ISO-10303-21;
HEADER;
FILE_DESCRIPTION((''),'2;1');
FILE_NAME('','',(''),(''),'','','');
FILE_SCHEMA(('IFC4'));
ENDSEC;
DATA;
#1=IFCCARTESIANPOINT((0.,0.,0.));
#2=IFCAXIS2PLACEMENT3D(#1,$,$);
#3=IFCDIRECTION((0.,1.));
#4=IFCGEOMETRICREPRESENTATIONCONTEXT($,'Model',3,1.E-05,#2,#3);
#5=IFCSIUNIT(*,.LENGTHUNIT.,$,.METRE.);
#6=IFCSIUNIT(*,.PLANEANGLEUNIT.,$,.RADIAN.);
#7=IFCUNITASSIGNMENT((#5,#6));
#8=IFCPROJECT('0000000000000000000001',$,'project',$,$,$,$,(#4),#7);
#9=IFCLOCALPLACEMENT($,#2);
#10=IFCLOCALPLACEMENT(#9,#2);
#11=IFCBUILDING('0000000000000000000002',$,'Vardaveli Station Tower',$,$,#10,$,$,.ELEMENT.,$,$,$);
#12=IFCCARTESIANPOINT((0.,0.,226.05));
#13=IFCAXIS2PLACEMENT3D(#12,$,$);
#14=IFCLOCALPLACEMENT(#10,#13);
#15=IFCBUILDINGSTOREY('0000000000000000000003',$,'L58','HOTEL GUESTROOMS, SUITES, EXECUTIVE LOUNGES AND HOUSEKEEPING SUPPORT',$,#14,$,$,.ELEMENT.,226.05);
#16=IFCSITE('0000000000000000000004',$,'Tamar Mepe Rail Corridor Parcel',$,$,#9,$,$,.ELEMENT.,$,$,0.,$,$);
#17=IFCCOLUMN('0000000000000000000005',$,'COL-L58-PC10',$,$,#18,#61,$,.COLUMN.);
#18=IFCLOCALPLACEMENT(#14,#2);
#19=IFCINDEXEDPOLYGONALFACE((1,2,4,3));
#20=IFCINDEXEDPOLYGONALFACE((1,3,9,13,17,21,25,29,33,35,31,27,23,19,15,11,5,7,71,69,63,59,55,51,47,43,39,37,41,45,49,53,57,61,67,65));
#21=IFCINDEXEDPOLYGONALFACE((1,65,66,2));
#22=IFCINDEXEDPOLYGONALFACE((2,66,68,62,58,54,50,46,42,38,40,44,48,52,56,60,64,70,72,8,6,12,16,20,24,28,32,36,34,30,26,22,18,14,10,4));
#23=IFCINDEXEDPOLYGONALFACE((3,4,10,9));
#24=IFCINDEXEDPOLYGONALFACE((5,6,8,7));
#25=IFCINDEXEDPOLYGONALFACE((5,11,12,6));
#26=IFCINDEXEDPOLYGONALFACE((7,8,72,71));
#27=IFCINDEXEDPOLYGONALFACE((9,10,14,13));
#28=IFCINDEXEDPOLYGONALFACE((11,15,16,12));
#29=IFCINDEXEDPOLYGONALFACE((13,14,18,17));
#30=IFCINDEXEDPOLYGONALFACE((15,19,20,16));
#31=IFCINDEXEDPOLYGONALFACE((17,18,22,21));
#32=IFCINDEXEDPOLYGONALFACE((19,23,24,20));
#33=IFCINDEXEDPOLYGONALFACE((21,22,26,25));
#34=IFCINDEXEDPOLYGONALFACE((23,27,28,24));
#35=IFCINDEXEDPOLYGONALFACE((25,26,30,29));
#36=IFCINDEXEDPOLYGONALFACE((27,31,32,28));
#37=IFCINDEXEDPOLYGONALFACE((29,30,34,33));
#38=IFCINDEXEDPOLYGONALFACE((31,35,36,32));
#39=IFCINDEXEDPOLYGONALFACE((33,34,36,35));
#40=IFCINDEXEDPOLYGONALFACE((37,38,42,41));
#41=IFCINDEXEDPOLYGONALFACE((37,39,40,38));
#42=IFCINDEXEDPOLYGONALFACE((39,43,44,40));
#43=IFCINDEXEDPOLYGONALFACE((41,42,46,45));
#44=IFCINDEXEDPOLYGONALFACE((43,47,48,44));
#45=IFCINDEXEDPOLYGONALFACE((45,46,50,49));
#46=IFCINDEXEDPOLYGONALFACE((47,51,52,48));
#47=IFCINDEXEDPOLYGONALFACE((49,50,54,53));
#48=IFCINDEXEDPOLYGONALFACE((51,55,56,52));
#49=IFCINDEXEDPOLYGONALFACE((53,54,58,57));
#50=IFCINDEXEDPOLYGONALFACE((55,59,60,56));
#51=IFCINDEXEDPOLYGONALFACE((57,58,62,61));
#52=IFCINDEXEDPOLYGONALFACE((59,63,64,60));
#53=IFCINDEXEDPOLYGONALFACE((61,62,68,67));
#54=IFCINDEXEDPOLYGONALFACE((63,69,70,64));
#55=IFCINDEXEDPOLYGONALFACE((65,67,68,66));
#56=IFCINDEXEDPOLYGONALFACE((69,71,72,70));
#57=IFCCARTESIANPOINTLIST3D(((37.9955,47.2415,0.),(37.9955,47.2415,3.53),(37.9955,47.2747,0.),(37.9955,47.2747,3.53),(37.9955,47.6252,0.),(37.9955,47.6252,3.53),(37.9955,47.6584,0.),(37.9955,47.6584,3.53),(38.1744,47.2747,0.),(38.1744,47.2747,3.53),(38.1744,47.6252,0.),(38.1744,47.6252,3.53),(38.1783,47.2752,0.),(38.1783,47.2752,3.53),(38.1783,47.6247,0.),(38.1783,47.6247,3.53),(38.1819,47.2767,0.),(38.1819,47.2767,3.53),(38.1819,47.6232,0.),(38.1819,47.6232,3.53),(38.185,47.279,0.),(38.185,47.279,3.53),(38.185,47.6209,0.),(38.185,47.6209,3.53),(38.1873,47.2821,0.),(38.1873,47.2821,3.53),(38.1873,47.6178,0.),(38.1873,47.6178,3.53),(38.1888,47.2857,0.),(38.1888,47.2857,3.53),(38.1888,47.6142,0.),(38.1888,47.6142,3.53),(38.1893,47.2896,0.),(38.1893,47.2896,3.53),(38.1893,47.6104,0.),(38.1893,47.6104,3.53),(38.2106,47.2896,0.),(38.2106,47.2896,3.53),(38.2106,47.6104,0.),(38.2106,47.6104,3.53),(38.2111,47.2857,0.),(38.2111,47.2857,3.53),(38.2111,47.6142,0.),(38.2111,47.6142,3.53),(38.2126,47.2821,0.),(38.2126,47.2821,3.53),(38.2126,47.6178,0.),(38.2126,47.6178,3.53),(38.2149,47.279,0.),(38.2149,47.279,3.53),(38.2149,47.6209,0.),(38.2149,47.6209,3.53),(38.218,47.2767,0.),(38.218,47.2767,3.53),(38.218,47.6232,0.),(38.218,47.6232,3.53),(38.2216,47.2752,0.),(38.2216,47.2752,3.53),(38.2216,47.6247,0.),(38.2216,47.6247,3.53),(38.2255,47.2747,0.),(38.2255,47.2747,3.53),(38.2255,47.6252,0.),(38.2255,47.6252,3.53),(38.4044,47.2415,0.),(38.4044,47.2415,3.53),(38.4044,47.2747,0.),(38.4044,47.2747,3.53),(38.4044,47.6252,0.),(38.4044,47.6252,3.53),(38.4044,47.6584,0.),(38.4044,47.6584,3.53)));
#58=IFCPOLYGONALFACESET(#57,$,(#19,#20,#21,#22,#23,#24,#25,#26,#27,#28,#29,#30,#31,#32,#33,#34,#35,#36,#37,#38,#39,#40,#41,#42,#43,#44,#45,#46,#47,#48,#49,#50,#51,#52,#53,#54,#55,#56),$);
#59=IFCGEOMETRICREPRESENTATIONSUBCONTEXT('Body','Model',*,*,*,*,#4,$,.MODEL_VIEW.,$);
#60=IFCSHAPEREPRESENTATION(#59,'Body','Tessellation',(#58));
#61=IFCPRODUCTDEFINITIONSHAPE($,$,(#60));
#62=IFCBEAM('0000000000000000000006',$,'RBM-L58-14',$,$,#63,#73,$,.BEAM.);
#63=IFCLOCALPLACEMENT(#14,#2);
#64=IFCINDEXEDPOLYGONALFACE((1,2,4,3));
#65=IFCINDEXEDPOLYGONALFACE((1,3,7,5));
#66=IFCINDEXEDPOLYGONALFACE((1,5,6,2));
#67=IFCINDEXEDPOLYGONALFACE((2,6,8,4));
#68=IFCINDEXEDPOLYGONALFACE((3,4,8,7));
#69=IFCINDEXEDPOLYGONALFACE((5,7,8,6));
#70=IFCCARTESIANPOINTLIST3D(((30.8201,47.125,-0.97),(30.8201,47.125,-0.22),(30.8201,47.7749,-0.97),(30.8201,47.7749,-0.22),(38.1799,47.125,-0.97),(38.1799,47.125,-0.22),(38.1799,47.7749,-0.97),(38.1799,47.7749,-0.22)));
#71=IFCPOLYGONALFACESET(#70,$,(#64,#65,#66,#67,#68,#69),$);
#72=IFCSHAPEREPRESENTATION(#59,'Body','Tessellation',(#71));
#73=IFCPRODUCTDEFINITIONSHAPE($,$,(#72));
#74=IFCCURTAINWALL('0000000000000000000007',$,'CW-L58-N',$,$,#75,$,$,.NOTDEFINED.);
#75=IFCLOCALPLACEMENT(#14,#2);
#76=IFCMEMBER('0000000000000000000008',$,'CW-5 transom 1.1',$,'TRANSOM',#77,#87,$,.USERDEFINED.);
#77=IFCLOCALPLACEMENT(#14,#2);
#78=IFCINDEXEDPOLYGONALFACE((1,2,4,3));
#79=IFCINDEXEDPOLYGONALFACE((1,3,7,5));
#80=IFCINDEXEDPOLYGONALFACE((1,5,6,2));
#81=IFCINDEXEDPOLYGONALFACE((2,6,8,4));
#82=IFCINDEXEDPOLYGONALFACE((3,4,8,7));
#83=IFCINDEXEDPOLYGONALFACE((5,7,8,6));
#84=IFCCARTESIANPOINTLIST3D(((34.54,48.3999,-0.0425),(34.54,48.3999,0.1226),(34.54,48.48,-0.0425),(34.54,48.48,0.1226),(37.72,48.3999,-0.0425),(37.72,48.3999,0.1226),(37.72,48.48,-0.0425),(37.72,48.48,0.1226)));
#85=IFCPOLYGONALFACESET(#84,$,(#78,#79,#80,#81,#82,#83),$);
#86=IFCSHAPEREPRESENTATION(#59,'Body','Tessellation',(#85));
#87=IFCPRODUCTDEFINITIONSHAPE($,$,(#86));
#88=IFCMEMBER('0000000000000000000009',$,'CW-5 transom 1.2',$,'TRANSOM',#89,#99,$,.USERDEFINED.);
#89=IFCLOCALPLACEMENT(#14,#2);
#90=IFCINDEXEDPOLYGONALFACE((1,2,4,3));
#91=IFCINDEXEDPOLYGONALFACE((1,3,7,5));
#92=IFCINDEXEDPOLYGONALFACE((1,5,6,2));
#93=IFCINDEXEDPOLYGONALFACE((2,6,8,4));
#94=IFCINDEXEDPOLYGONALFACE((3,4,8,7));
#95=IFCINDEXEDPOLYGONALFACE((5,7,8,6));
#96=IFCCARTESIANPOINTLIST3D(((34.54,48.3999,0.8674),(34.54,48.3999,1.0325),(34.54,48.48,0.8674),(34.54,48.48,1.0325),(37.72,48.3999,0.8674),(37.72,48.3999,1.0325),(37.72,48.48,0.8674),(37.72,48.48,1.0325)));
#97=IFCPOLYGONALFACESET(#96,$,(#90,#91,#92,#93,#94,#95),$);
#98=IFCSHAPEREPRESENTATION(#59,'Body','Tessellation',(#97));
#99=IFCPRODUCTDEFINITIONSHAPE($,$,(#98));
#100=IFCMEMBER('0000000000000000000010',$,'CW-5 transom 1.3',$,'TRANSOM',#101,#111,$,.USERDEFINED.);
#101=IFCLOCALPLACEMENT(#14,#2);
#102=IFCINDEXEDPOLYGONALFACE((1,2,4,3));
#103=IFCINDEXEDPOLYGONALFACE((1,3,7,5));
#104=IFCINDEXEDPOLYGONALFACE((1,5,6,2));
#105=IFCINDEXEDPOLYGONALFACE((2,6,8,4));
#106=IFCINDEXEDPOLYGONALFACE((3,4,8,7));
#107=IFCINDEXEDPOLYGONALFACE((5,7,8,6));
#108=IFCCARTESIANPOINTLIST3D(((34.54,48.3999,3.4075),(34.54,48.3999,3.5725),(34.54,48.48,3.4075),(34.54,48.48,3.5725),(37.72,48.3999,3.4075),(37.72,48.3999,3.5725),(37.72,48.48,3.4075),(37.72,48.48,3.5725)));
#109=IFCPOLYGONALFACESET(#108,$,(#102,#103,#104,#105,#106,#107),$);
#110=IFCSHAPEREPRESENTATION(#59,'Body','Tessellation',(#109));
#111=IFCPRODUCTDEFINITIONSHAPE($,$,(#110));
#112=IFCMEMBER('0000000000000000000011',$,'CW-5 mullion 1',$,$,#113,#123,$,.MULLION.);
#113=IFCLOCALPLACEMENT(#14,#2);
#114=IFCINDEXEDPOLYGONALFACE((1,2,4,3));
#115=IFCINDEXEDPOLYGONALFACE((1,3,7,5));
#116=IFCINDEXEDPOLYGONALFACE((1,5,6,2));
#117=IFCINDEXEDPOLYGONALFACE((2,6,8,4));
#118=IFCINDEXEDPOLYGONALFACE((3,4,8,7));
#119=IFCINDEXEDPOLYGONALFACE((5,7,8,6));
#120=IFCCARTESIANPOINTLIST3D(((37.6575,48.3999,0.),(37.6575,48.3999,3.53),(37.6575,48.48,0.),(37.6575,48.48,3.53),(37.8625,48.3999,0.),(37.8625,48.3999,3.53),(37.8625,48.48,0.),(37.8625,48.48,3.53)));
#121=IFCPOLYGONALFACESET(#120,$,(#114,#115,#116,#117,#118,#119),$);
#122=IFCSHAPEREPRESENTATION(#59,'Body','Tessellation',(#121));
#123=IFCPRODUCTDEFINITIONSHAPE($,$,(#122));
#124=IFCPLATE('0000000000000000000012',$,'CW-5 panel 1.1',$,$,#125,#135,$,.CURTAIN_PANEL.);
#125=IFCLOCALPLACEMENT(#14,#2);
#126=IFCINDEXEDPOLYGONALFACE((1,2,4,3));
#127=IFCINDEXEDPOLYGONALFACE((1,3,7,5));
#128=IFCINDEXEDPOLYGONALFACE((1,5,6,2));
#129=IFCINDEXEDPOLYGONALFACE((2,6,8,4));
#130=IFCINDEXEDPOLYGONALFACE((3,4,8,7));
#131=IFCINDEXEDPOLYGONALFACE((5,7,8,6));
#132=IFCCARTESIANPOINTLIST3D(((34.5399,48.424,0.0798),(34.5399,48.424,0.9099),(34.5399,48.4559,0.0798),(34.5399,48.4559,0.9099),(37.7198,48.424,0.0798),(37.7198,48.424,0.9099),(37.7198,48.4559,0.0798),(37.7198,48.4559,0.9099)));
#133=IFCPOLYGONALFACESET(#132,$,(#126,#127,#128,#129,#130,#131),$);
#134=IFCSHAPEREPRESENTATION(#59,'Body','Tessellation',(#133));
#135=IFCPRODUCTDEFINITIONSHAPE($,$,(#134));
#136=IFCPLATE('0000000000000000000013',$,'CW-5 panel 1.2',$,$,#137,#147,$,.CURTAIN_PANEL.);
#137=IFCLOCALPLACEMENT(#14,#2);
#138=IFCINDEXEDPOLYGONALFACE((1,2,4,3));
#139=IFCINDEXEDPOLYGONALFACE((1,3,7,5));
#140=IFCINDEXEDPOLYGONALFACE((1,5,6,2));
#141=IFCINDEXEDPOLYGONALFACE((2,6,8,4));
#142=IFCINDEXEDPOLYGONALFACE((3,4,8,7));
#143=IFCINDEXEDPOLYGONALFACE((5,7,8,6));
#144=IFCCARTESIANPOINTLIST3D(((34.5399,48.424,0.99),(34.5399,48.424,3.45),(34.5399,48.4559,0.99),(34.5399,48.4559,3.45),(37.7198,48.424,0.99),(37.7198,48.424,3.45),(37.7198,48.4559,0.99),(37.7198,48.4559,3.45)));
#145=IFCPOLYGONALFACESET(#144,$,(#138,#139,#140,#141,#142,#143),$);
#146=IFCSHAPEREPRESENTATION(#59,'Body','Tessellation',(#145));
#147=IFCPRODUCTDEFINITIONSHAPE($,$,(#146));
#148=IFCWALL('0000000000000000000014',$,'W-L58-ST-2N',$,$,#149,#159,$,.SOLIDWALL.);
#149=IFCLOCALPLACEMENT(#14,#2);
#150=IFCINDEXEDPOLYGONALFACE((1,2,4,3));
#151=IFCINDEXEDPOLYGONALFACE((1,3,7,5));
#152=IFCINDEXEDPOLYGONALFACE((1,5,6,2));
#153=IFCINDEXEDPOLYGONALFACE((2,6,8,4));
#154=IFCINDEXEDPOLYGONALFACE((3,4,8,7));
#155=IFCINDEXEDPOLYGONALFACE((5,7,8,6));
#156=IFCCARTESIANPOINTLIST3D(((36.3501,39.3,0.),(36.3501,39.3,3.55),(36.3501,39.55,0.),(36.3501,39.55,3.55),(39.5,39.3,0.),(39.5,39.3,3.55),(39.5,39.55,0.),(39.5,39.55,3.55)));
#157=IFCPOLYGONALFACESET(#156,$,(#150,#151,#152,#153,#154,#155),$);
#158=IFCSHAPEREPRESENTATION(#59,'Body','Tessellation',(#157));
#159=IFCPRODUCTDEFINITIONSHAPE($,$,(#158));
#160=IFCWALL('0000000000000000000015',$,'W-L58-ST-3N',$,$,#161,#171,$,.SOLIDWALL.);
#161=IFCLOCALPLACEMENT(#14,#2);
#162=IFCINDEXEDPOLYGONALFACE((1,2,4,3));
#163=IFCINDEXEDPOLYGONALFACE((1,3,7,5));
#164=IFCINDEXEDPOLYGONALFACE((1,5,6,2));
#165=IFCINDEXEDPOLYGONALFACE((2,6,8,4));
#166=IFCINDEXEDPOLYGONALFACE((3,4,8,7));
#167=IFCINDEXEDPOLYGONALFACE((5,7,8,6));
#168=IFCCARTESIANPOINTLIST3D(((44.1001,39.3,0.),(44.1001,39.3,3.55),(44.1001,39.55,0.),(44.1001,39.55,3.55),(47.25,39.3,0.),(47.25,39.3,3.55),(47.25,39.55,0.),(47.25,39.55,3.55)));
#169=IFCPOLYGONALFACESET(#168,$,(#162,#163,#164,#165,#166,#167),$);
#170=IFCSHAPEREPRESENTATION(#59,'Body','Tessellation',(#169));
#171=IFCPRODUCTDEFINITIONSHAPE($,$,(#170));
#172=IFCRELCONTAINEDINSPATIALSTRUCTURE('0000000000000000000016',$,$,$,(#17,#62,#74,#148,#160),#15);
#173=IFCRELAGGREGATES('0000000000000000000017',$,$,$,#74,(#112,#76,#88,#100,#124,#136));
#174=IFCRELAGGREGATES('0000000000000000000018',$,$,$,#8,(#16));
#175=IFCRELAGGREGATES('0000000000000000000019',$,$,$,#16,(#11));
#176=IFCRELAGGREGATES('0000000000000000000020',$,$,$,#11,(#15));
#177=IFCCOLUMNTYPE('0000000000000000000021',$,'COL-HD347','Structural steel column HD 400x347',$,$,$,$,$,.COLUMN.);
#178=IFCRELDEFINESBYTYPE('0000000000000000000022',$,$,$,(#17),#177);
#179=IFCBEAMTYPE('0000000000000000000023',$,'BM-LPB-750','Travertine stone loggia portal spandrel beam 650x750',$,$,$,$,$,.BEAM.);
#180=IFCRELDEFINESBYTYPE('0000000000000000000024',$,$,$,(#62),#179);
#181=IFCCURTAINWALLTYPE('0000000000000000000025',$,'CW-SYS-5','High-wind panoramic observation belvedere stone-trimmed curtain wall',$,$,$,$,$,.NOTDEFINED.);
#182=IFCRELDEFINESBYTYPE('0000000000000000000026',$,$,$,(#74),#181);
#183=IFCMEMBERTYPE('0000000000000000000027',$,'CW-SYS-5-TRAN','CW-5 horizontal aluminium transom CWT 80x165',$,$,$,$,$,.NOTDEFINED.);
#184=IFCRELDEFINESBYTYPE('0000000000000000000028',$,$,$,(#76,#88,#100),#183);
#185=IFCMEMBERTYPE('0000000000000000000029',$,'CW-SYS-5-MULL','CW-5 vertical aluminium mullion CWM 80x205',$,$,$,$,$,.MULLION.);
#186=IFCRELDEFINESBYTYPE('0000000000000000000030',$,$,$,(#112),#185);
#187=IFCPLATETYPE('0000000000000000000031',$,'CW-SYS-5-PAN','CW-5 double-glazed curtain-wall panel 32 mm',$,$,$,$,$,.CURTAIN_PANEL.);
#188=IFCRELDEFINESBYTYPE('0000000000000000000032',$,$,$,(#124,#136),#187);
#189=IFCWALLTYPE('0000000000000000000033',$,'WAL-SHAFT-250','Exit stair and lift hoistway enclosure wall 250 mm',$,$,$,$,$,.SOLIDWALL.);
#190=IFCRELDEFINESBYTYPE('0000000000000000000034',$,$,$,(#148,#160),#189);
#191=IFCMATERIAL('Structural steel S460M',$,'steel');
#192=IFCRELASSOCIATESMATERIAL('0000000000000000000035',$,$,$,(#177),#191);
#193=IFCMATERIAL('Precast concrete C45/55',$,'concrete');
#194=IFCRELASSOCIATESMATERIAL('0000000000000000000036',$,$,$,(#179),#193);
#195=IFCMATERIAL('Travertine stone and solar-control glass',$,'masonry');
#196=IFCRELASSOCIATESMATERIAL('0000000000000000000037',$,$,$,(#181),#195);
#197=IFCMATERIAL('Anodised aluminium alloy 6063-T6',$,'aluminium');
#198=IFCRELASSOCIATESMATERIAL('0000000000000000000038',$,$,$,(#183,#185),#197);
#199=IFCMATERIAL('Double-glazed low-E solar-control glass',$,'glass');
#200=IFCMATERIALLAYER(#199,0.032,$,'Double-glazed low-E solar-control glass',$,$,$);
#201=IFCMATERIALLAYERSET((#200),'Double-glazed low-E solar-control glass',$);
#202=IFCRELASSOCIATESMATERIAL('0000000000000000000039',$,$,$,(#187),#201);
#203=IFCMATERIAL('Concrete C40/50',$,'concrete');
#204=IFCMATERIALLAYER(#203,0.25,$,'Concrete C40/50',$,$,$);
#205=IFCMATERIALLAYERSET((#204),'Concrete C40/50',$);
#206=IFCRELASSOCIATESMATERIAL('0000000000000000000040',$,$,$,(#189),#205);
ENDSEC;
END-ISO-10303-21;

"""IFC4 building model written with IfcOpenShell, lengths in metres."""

from ifc_helpers import new_model, si_unit, direction, frame, frame_2d, origin, origin_2d, place, context, subcontext, project, spatial, rectangle, i_section, extrude, source, transform, mapped, material, layer, layer_set, material_profile, profile_set, type_object, element, aggregate, save


model = new_model("IFC4")

# Units and contexts
model_context = context("Model", 3, precision=1e-05, world=origin(), true_north=direction((0.0, 1.0)))
body_context = subcontext(model_context, "Body", "Model", "MODEL_VIEW")
ifc_project = project(units=[si_unit("LENGTHUNIT", "METRE"), si_unit("PLANEANGLEUNIT", "RADIAN")], contexts=[model_context])

# Site, building, storey
site_placement = place(None, origin())
site = spatial("IfcSite", under=ifc_project, at=site_placement, Name="Tamar Mepe Rail Corridor Parcel", CompositionType="ELEMENT", RefElevation=0.0)
building_placement = place(site_placement, origin())
building = spatial("IfcBuilding", under=site, at=building_placement, Name="Vardaveli Station Tower", CompositionType="ELEMENT")
storey_placement = place(building_placement, frame((0.0, 0.0, 226.05)))
storey = spatial("IfcBuildingStorey", under=building, at=storey_placement, Name="L58", Description="HOTEL GUESTROOMS, SUITES, EXECUTIVE LOUNGES AND HOUSEKEEPING SUPPORT", CompositionType="ELEMENT", Elevation=226.05)

# Column
ifc_material_1 = material(Name="Structural steel S460M", Category="steel")
ifc_material_profile_1 = material_profile(ifc_material_1, i_section(OverallWidth=0.4089, OverallDepth=0.417, WebThickness=0.0212, FlangeThickness=0.0332, FilletRadius=0.0149, at=origin_2d()), Name="HD 400x347")
ifc_profile_set_1 = profile_set([ifc_material_profile_1], Name="Structural steel S460M")
column_type = type_object("IfcColumnType", Name="COL-HD347", Description="Structural steel column HD 400x347", PredefinedType="COLUMN", material=ifc_profile_set_1)
shared_shape_1 = source(origin(), body_context, "Body", "SweptSolid", [
    extrude(i_section(OverallWidth=0.4089, OverallDepth=0.417, WebThickness=0.0212, FlangeThickness=0.0332, FilletRadius=0.0149, at=origin_2d()), origin(), (0.0, 0.0, 1.0), 3.53),
])
column_placement = place(storey_placement, frame((38.2, 47.45, 0.0), z_axis=(0.0, 0.0, 1.0), x_axis=(1.0, 0.0, 0.0)))
element("IfcColumn", 1, at=column_placement, inside=storey, type_object=column_type, Name="COL-L58-PC10", PredefinedType="COLUMN", context=body_context, shape_type="MappedRepresentation", body=[
    mapped(shared_shape_1, transform((0.0, 0.0, 0.0), scale=1.0)),
])

# Beam
ifc_material_2 = material(Name="Precast concrete C45/55", Category="concrete")
ifc_material_profile_2 = material_profile(ifc_material_2, rectangle(XDim=0.6499, YDim=0.75, at=origin_2d()), Name="LPB 650x750")
ifc_profile_set_2 = profile_set([ifc_material_profile_2], Name="Precast concrete C45/55")
beam_type = type_object("IfcBeamType", Name="BM-LPB-750", Description="Travertine stone loggia portal spandrel beam 650x750", PredefinedType="BEAM", material=ifc_profile_set_2)
shared_shape_2 = source(origin(), body_context, "Body", "SweptSolid", [
    extrude(rectangle(XDim=0.6499, YDim=0.75, at=origin_2d()), origin(), (0.0, 0.0, 1.0), 7.3599),
])
beam_placement = place(storey_placement, frame((38.1799, 47.45, -0.595), z_axis=(-1.0, 0.0, 0.0), x_axis=(0.0, -1.0, 0.0)))
element("IfcBeam", 2, at=beam_placement, inside=storey, type_object=beam_type, Name="RBM-L58-14", PredefinedType="BEAM", context=body_context, shape_type="MappedRepresentation", body=[
    mapped(shared_shape_2, transform((0.0, 0.0, 0.0), scale=1.0)),
])

# Curtain wall, members, plates
ifc_material_3 = material(Name="Travertine stone and solar-control glass", Category="masonry")
curtain_wall_type = type_object("IfcCurtainWallType", Name="CW-SYS-5", Description="High-wind panoramic observation belvedere stone-trimmed curtain wall", PredefinedType="NOTDEFINED", material=ifc_material_3)
curtain_wall_placement = place(storey_placement, origin())
curtain_wall = element("IfcCurtainWall", 3, at=curtain_wall_placement, inside=storey, type_object=curtain_wall_type, Name="CW-L58-N", PredefinedType="NOTDEFINED")
ifc_material_4 = material(Name="Anodised aluminium alloy 6063-T6", Category="aluminium")
ifc_material_profile_3 = material_profile(ifc_material_4, rectangle(XDim=0.0801, YDim=0.165, at=origin_2d()), Name="CWT 80x165")
ifc_profile_set_3 = profile_set([ifc_material_profile_3], Name="Anodised aluminium alloy 6063-T6")
member_type_1 = type_object("IfcMemberType", Name="CW-SYS-5-TRAN", Description="CW-5 horizontal aluminium transom CWT 80x165", PredefinedType="NOTDEFINED", material=ifc_profile_set_3)
shared_shape_3 = source(origin(), body_context, "Body", "SweptSolid", [
    extrude(rectangle(XDim=0.0801, YDim=0.165, at=origin_2d()), origin(), (0.0, 0.0, 1.0), 3.1799),
])
member_1_placement = place(storey_placement, frame((37.72, 48.4399, 0.04), z_axis=(-1.0, 0.0, 0.0), x_axis=(0.0, -1.0, 0.0)))
member_1 = element("IfcMember", 4, at=member_1_placement, type_object=member_type_1, Name="CW-5 transom 1.1", ObjectType="TRANSOM", PredefinedType="USERDEFINED", context=body_context, shape_type="MappedRepresentation", body=[
    mapped(shared_shape_3, transform((0.0, 0.0, 0.0), scale=1.0)),
])
member_2_placement = place(storey_placement, frame((37.72, 48.4399, 0.95), z_axis=(-1.0, 0.0, 0.0), x_axis=(0.0, -1.0, 0.0)))
member_2 = element("IfcMember", 5, at=member_2_placement, type_object=member_type_1, Name="CW-5 transom 1.2", ObjectType="TRANSOM", PredefinedType="USERDEFINED", context=body_context, shape_type="MappedRepresentation", body=[
    mapped(shared_shape_3, transform((0.0, 0.0, 0.0), scale=1.0)),
])
member_3_placement = place(storey_placement, frame((37.72, 48.4399, 3.49), z_axis=(-1.0, 0.0, 0.0), x_axis=(0.0, -1.0, 0.0)))
member_3 = element("IfcMember", 6, at=member_3_placement, type_object=member_type_1, Name="CW-5 transom 1.3", ObjectType="TRANSOM", PredefinedType="USERDEFINED", context=body_context, shape_type="MappedRepresentation", body=[
    mapped(shared_shape_3, transform((0.0, 0.0, 0.0), scale=1.0)),
])
ifc_material_profile_4 = material_profile(ifc_material_4, rectangle(XDim=0.0801, YDim=0.2051, at=origin_2d()), Name="CWM 80x205")
ifc_profile_set_4 = profile_set([ifc_material_profile_4], Name="Anodised aluminium alloy 6063-T6")
member_type_2 = type_object("IfcMemberType", Name="CW-SYS-5-MULL", Description="CW-5 vertical aluminium mullion CWM 80x205", PredefinedType="MULLION", material=ifc_profile_set_4)
shared_shape_4 = source(origin(), body_context, "Body", "SweptSolid", [
    extrude(rectangle(XDim=0.0801, YDim=0.2051, at=origin_2d()), origin(), (0.0, 0.0, 1.0), 3.53),
])
member_4_placement = place(storey_placement, frame((37.76, 48.4399, 0.0), z_axis=(0.0, 0.0, 1.0), x_axis=(0.0, -1.0, 0.0)))
member_4 = element("IfcMember", 7, at=member_4_placement, type_object=member_type_2, Name="CW-5 mullion 1", PredefinedType="MULLION", context=body_context, shape_type="MappedRepresentation", body=[
    mapped(shared_shape_4, transform((0.0, 0.0, 0.0), scale=1.0)),
])
ifc_material_5 = material(Name="Double-glazed low-E solar-control glass", Category="glass")
ifc_layer_1 = layer(ifc_material_5, 0.032, Name="Double-glazed low-E solar-control glass")
ifc_layer_set_1 = layer_set([ifc_layer_1], Name="Double-glazed low-E solar-control glass")
plate_type = type_object("IfcPlateType", Name="CW-SYS-5-PAN", Description="CW-5 double-glazed curtain-wall panel 32 mm", PredefinedType="CURTAIN_PANEL", material=ifc_layer_set_1)
shared_shape_5 = source(origin(), body_context, "Body", "SweptSolid", [
    extrude(rectangle(XDim=3.1799, YDim=0.032, at=origin_2d()), origin(), (0.0, 0.0, 1.0), 0.8301),
])
plate_1_placement = place(storey_placement, frame((36.1299, 48.4399, 0.0798), z_axis=(0.0, 0.0, 1.0), x_axis=(-1.0, 0.0, 0.0)))
plate_1 = element("IfcPlate", 8, at=plate_1_placement, type_object=plate_type, Name="CW-5 panel 1.1", PredefinedType="CURTAIN_PANEL", context=body_context, shape_type="MappedRepresentation", body=[
    mapped(shared_shape_5, transform((0.0, 0.0, 0.0), scale=1.0)),
])
shared_shape_6 = source(origin(), body_context, "Body", "SweptSolid", [
    extrude(rectangle(XDim=3.1799, YDim=0.032, at=origin_2d()), origin(), (0.0, 0.0, 1.0), 2.46),
])
plate_2_placement = place(storey_placement, frame((36.1299, 48.4399, 0.99), z_axis=(0.0, 0.0, 1.0), x_axis=(-1.0, 0.0, 0.0)))
plate_2 = element("IfcPlate", 9, at=plate_2_placement, type_object=plate_type, Name="CW-5 panel 1.2", PredefinedType="CURTAIN_PANEL", context=body_context, shape_type="MappedRepresentation", body=[
    mapped(shared_shape_6, transform((0.0, 0.0, 0.0), scale=1.0)),
])
aggregate(curtain_wall, [member_4, member_1, member_2, member_3, plate_1, plate_2])

# Walls
ifc_material_6 = material(Name="Concrete C40/50", Category="concrete")
ifc_layer_2 = layer(ifc_material_6, 0.25, Name="Concrete C40/50")
ifc_layer_set_2 = layer_set([ifc_layer_2], Name="Concrete C40/50")
wall_type_1 = type_object("IfcWallType", Name="WAL-SHAFT-250", Description="Exit stair and lift hoistway enclosure wall 250 mm", PredefinedType="SOLIDWALL", material=ifc_layer_set_2)
shared_shape_7 = source(origin(), body_context, "Body", "SweptSolid", [
    extrude(rectangle(XDim=3.1499, YDim=0.25, at=frame_2d((1.575, 0.0))), origin(), (0.0, 0.0, 1.0), 3.55),
])
for number, where, z_axis, x_axis, name in (
    (10, (36.3501, 39.425, 0.0), (0.0, 0.0, 1.0), (1.0, 0.0, 0.0), "W-L58-ST-2N"),
    (11, (44.1001, 39.425, 0.0), (0.0, 0.0, 1.0), (1.0, 0.0, 0.0), "W-L58-ST-3N"),
):
    element("IfcWall", number, at=place(storey_placement, frame(where, z_axis=z_axis, x_axis=x_axis)), inside=storey, type_object=wall_type_1, Name=name, PredefinedType="SOLIDWALL", context=body_context, shape_type="MappedRepresentation", body=[
        mapped(shared_shape_7, transform((0.0, 0.0, 0.0), scale=1.0)),
    ])

save(model, "model.ifc")
